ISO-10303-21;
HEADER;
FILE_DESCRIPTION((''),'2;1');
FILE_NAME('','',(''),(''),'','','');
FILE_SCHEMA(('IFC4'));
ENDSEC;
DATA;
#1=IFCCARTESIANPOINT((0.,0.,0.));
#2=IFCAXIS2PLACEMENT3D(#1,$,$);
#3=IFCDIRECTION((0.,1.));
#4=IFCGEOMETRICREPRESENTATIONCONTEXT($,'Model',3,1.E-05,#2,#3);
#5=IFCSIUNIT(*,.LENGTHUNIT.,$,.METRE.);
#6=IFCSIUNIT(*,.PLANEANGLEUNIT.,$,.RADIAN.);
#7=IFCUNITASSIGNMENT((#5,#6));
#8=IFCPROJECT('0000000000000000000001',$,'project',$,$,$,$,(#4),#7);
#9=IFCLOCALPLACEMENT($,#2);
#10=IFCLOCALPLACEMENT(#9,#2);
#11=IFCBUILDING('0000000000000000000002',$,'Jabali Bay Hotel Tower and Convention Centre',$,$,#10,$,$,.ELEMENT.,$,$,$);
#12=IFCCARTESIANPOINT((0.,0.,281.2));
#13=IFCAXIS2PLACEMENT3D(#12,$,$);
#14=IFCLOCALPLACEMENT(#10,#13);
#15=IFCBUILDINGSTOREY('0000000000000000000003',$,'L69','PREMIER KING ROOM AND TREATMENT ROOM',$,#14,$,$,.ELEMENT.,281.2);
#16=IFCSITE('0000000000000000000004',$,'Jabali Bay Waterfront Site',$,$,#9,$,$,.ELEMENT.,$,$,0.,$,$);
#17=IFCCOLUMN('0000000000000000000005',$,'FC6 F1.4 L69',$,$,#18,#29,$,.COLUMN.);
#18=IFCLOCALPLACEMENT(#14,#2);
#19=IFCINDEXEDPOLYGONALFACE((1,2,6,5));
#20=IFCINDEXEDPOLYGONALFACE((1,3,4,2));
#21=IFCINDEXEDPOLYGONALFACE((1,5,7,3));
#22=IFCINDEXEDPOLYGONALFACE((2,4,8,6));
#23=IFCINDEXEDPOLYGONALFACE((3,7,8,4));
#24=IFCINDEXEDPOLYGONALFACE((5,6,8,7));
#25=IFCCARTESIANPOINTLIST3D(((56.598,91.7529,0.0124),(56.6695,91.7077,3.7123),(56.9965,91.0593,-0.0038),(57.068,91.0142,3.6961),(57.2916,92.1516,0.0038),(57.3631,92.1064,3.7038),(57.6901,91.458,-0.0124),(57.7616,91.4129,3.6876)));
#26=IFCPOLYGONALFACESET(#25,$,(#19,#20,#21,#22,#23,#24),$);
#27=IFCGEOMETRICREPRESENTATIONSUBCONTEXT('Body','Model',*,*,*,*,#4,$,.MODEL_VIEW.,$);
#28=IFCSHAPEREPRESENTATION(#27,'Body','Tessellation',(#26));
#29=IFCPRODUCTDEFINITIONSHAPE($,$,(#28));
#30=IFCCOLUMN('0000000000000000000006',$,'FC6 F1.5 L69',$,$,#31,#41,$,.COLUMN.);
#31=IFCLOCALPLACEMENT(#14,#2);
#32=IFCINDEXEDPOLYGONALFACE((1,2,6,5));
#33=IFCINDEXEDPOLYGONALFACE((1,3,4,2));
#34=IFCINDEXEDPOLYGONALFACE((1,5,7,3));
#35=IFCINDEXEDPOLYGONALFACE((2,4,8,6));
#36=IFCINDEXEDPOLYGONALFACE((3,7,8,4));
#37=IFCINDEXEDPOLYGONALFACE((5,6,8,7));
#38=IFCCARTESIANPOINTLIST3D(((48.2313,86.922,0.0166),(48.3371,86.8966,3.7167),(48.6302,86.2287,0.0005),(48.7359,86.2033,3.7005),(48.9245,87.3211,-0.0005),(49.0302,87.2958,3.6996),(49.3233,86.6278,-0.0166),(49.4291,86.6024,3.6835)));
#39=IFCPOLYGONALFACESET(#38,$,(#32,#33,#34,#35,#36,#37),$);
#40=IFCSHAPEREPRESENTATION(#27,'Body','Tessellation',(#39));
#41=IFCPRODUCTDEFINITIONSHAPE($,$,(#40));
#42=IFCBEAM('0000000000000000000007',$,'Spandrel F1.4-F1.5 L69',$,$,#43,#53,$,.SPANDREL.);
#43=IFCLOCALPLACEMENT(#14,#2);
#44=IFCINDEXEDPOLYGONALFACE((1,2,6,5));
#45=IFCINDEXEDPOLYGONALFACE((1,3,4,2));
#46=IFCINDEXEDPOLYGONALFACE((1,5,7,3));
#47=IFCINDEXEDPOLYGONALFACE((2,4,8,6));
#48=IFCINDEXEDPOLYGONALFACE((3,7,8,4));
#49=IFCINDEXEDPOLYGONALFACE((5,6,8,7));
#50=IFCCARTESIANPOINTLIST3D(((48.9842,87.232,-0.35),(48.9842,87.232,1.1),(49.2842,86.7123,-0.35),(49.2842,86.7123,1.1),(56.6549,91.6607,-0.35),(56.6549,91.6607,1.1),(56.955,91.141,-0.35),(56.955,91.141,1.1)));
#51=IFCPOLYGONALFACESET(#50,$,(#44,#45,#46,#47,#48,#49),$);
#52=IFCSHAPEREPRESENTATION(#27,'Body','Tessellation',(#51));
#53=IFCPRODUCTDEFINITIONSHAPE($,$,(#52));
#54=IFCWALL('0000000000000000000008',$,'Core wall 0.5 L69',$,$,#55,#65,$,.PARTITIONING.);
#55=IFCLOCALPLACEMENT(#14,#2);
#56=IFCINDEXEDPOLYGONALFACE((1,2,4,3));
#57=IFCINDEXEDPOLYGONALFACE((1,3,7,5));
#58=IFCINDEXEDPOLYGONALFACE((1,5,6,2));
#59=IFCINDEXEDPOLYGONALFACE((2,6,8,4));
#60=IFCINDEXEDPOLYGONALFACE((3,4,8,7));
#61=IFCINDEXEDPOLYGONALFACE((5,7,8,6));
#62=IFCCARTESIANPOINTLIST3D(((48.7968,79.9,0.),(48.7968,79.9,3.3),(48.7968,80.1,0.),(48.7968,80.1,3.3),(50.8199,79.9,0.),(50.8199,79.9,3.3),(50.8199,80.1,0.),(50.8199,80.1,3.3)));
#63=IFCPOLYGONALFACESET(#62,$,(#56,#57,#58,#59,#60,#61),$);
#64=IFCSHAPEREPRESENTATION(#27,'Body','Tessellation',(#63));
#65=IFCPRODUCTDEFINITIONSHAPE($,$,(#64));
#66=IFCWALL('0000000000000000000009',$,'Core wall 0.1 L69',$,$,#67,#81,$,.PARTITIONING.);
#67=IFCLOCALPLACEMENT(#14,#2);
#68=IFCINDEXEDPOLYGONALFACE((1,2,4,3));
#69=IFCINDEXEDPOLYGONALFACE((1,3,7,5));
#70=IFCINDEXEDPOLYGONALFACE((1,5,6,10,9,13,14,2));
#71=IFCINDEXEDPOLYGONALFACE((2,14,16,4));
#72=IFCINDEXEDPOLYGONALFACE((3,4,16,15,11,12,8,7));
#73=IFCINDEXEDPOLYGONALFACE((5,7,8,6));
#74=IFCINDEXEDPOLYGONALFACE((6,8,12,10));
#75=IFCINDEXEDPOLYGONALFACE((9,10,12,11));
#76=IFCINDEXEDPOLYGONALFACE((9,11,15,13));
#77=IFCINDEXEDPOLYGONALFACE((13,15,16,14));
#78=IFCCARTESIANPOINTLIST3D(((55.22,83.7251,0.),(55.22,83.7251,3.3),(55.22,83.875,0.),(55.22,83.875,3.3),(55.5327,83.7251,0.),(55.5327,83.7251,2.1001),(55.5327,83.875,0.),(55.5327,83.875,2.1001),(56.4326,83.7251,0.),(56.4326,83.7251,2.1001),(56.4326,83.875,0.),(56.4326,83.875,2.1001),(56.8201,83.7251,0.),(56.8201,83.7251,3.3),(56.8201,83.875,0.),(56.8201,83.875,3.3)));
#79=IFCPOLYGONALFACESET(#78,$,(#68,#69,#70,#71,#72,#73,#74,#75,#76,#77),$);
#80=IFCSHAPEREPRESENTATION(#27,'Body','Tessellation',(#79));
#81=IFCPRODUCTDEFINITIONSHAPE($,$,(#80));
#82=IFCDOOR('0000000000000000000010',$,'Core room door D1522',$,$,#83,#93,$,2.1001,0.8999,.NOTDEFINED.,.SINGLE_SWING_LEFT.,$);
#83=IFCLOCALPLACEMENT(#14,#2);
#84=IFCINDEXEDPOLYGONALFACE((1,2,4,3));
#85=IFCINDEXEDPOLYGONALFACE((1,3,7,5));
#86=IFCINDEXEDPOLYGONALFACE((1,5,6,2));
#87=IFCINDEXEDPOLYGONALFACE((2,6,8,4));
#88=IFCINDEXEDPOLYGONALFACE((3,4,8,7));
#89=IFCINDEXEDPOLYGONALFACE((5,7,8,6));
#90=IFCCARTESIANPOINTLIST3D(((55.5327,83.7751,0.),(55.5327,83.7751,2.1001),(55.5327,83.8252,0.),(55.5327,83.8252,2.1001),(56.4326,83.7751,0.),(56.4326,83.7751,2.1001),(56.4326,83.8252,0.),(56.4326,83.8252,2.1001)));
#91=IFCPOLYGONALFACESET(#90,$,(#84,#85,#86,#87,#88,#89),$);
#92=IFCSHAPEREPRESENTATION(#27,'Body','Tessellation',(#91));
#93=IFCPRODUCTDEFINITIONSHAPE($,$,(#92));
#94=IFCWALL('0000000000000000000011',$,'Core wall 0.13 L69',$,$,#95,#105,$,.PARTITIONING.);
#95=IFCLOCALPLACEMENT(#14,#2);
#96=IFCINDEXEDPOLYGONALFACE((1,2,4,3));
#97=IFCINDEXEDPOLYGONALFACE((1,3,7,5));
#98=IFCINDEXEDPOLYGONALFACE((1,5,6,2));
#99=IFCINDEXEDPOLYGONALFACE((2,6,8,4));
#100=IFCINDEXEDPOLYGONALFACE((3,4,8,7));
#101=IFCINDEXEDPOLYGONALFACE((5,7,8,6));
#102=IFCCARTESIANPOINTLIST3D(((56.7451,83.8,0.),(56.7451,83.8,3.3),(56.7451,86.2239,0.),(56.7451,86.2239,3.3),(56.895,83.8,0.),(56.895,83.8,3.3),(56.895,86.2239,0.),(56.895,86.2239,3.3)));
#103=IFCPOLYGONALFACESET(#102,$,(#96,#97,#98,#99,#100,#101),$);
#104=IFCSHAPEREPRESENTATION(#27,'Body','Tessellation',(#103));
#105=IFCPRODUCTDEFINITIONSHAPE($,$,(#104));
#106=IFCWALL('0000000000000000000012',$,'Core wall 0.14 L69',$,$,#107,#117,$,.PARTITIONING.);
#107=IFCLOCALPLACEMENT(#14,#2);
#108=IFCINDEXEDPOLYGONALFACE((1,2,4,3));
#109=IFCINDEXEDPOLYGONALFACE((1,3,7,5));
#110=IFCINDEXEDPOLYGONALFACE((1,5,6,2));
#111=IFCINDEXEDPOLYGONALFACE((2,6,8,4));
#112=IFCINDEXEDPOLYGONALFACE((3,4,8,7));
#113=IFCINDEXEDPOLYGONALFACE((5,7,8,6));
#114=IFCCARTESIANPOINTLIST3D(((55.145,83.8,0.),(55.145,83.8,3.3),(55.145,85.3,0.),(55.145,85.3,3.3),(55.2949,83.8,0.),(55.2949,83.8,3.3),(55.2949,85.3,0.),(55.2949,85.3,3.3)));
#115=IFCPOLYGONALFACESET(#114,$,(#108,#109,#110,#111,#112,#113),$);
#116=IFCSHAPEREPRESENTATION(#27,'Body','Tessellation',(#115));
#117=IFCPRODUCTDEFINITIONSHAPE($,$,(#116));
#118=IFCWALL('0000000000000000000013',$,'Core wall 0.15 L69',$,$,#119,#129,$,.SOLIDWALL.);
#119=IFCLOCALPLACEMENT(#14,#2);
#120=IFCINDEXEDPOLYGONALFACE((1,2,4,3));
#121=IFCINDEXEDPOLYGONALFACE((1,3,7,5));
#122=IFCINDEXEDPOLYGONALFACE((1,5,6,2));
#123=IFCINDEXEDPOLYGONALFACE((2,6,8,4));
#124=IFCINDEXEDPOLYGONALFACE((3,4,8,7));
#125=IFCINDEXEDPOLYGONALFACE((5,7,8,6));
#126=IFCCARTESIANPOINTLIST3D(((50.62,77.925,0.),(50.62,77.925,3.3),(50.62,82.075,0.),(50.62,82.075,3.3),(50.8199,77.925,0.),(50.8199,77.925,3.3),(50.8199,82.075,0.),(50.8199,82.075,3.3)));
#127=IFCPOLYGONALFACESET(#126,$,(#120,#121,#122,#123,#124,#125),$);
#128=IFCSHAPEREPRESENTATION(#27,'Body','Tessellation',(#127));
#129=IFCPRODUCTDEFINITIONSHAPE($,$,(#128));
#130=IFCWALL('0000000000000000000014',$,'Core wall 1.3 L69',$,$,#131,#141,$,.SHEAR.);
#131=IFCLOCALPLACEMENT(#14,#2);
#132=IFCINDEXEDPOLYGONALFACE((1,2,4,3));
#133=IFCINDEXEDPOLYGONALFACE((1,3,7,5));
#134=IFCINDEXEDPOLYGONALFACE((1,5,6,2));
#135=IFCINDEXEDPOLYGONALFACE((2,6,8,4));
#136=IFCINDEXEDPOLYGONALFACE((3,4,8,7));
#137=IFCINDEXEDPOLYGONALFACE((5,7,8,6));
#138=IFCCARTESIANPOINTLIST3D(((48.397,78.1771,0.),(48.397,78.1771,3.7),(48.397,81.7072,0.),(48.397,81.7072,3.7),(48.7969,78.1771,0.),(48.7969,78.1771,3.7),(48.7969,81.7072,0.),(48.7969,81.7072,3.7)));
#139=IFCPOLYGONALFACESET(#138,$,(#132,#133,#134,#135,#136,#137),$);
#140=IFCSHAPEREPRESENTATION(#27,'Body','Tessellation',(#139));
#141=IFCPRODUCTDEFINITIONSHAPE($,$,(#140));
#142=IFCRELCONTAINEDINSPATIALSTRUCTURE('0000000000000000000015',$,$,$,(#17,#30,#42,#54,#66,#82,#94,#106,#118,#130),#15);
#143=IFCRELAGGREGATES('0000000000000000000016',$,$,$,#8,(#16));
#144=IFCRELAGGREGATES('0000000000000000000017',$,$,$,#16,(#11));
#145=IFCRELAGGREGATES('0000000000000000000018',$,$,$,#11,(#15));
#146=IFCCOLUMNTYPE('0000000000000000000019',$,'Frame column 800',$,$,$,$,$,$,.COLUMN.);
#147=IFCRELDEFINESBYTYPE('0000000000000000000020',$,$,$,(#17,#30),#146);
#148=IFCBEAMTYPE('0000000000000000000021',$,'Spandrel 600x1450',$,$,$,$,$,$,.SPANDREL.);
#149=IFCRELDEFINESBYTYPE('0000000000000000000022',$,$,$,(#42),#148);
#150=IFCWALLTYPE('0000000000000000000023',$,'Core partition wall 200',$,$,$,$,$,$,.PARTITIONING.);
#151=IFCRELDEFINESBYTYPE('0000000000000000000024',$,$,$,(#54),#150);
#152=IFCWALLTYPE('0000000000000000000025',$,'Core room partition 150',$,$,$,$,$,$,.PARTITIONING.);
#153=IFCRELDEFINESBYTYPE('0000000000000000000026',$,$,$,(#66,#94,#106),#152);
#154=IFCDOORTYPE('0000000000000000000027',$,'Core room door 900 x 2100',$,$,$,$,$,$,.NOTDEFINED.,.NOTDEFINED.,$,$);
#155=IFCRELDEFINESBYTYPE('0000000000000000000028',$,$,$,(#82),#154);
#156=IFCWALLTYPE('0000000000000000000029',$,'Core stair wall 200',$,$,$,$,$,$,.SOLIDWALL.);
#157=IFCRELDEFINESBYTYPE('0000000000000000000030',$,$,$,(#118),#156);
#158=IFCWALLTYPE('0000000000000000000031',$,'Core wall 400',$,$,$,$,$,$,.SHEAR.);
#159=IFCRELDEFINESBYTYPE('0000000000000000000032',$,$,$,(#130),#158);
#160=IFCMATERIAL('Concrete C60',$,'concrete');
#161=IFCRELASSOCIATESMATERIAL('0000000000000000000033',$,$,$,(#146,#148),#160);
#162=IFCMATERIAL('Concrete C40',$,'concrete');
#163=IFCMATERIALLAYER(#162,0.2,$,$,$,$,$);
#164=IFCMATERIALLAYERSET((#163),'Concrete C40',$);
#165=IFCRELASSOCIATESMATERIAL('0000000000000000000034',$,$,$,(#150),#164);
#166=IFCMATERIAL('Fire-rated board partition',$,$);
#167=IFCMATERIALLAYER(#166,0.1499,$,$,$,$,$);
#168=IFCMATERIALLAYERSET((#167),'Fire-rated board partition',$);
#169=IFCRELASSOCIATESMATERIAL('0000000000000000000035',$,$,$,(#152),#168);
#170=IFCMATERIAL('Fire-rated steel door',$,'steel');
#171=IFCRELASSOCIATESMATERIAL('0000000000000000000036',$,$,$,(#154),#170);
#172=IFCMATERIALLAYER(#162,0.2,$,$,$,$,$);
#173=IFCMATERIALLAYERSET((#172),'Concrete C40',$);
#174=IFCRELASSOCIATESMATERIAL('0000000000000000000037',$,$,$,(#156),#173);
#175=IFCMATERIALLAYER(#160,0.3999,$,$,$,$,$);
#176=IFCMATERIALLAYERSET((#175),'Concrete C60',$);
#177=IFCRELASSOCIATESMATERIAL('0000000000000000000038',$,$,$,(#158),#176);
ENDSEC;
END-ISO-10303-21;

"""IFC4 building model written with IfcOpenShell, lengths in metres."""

from ifc_helpers import new_model, si_unit, direction, frame, frame_2d, origin, origin_2d, place, context, subcontext, project, spatial, rectangle, extrude, material, layer, layer_set, material_profile, profile_set, type_object, element, fill, save


model = new_model("IFC4")

# Units and contexts
model_context = context("Model", 3, precision=1e-05, world=origin(), true_north=direction((0.0, 1.0)))
body_context = subcontext(model_context, "Body", "Model", "MODEL_VIEW")
ifc_project = project(units=[si_unit("LENGTHUNIT", "METRE"), si_unit("PLANEANGLEUNIT", "RADIAN")], contexts=[model_context])

# Site, building, storey
site_placement = place(None, origin())
site = spatial("IfcSite", under=ifc_project, at=site_placement, Name="Jabali Bay Waterfront Site", CompositionType="ELEMENT", RefElevation=0.0)
building_placement = place(site_placement, origin())
building = spatial("IfcBuilding", under=site, at=building_placement, Name="Jabali Bay Hotel Tower and Convention Centre", CompositionType="ELEMENT")
storey_placement = place(building_placement, frame((0.0, 0.0, 281.2)))
storey = spatial("IfcBuildingStorey", under=building, at=storey_placement, Name="L69", Description="PREMIER KING ROOM AND TREATMENT ROOM", CompositionType="ELEMENT", Elevation=281.2)

# Columns
ifc_material_1 = material(Name="Concrete C60", Category="concrete")
ifc_material_profile_1 = material_profile(ifc_material_1, rectangle(XDim=0.8, YDim=0.8, at=origin_2d()), Name="Frame column 800")
ifc_profile_set_1 = profile_set([ifc_material_profile_1], Name="Concrete C60")
column_type = type_object("IfcColumnType", Name="Frame column 800", PredefinedType="COLUMN", material=ifc_profile_set_1)
column_1_placement = place(storey_placement, frame((57.144, 91.6055, 0.0), z_axis=(0.019329, -0.012204, 0.999739), x_axis=(-0.498082, 0.866894, 0.020212)))
element("IfcColumn", 1, at=column_1_placement, inside=storey, type_object=column_type, Name="FC6 F1.4 L69", PredefinedType="COLUMN", context=body_context, shape_type="SweptSolid", body=[
    extrude(rectangle(XDim=0.8, YDim=0.8, at=origin_2d()), origin(), (0.0, 0.0, 1.0), 3.7009),
])
column_2_placement = place(storey_placement, frame((48.7773, 86.7749, 0.0), z_axis=(0.028559, -0.006859, 0.999569), x_axis=(-0.498506, 0.866651, 0.02019)))
element("IfcColumn", 2, at=column_2_placement, inside=storey, type_object=column_type, Name="FC6 F1.5 L69", PredefinedType="COLUMN", context=body_context, shape_type="SweptSolid", body=[
    extrude(rectangle(XDim=0.8, YDim=0.8, at=origin_2d()), origin(), (0.0, 0.0, 1.0), 3.7017),
])

# Beam
ifc_material_profile_2 = material_profile(ifc_material_1, rectangle(XDim=0.6001, YDim=1.45, at=origin_2d()), Name="Spandrel 600x1450")
ifc_profile_set_2 = profile_set([ifc_material_profile_2], Name="Concrete C60")
beam_type = type_object("IfcBeamType", Name="Spandrel 600x1450", PredefinedType="SPANDREL", material=ifc_profile_set_2)
beam_placement = place(storey_placement, frame((56.8049, 91.4009, 0.375), z_axis=(-0.866023, -0.500005, 0.0), x_axis=(0.500005, -0.866023, 0.0)))
element("IfcBeam", 3, at=beam_placement, inside=storey, type_object=beam_type, Name="Spandrel F1.4-F1.5 L69", PredefinedType="SPANDREL", context=body_context, shape_type="SweptSolid", body=[
    extrude(rectangle(XDim=0.6001, YDim=1.45, at=origin_2d()), origin(), (0.0, 0.0, 1.0), 8.8574),
])

# Wall
ifc_material_2 = material(Name="Concrete C40", Category="concrete")
ifc_layer_1 = layer(ifc_material_2, 0.2)
ifc_layer_set_1 = layer_set([ifc_layer_1], Name="Concrete C40")
wall_type_1 = type_object("IfcWallType", Name="Core partition wall 200", PredefinedType="PARTITIONING", material=ifc_layer_set_1)
wall_1_placement = place(storey_placement, frame((50.8201, 80.0, 0.0), z_axis=(0.0, 0.0, 1.0), x_axis=(-1.0, 0.0, 0.0)))
element("IfcWall", 4, at=wall_1_placement, inside=storey, type_object=wall_type_1, Name="Core wall 0.5 L69", PredefinedType="PARTITIONING", context=body_context, shape_type="SweptSolid", body=[
    extrude(rectangle(XDim=2.0232, YDim=0.2, at=frame_2d((1.0117, 0.0))), origin(), (0.0, 0.0, 1.0), 3.3),
])

# Wall, opening, door
ifc_material_3 = material(Name="Fire-rated board partition")
ifc_layer_2 = layer(ifc_material_3, 0.1499)
ifc_layer_set_2 = layer_set([ifc_layer_2], Name="Fire-rated board partition")
wall_type_2 = type_object("IfcWallType", Name="Core room partition 150", PredefinedType="PARTITIONING", material=ifc_layer_set_2)
wall_2_placement = place(storey_placement, frame((56.8201, 83.8, 0.0), z_axis=(0.0, 0.0, 1.0), x_axis=(-1.0, 0.0, 0.0)))
wall_2 = element("IfcWall", 5, at=wall_2_placement, inside=storey, type_object=wall_type_2, Name="Core wall 0.1 L69", PredefinedType="PARTITIONING", context=body_context, shape_type="SweptSolid", body=[
    extrude(rectangle(XDim=1.6001, YDim=0.1499, at=frame_2d((0.8, 0.0))), origin(), (0.0, 0.0, 1.0), 3.3),
])
opening_placement = place(wall_2_placement, frame((0.3875, 0.0, 0.0)))
opening = element("IfcOpeningElement", 6, at=opening_placement, cuts=wall_2, PredefinedType="OPENING", context=body_context, shape_type="SweptSolid", body=[
    extrude(rectangle(XDim=0.8999, YDim=2.1001, at=frame_2d((0.45, 1.05))), frame((0.0, 0.0854, 0.0), z_axis=(0.0, -1.0, 0.0), x_axis=(1.0, 0.0, 0.0)), (0.0, 0.0, 1.0), 0.1709),
])
ifc_material_4 = material(Name="Fire-rated steel door", Category="steel")
door_type = type_object("IfcDoorType", Name="Core room door 900 x 2100", OperationType="NOTDEFINED", PredefinedType="NOTDEFINED", material=ifc_material_4)
door_placement = place(opening_placement, origin())
door = element("IfcDoor", 7, at=door_placement, inside=storey, type_object=door_type, Name="Core room door D1522", OperationType="SINGLE_SWING_LEFT", OverallHeight=2.1001, OverallWidth=0.8999, PredefinedType="NOTDEFINED", context=body_context, shape_type="SweptSolid", body=[
    extrude(rectangle(XDim=0.8999, YDim=2.1001, at=frame_2d((0.45, 1.05))), frame((0.0, 0.0249, 0.0), z_axis=(0.0, -1.0, 0.0), x_axis=(1.0, 0.0, 0.0)), (0.0, 0.0, 1.0), 0.05),
])
fill(opening, door)

# Walls
wall_3_placement = place(storey_placement, frame((56.8201, 86.2239, 0.0), z_axis=(0.0, 0.0, 1.0), x_axis=(0.0, -1.0, 0.0)))
element("IfcWall", 8, at=wall_3_placement, inside=storey, type_object=wall_type_2, Name="Core wall 0.13 L69", PredefinedType="PARTITIONING", context=body_context, shape_type="SweptSolid", body=[
    extrude(rectangle(XDim=2.4238, YDim=0.1499, at=frame_2d((1.2119, 0.0))), origin(), (0.0, 0.0, 1.0), 3.3),
])
wall_4_placement = place(storey_placement, frame((55.22, 85.3, 0.0), z_axis=(0.0, 0.0, 1.0), x_axis=(0.0, -1.0, 0.0)))
element("IfcWall", 9, at=wall_4_placement, inside=storey, type_object=wall_type_2, Name="Core wall 0.14 L69", PredefinedType="PARTITIONING", context=body_context, shape_type="SweptSolid", body=[
    extrude(rectangle(XDim=1.5, YDim=0.1499, at=frame_2d((0.75, 0.0))), origin(), (0.0, 0.0, 1.0), 3.3),
])
ifc_layer_3 = layer(ifc_material_2, 0.2)
ifc_layer_set_3 = layer_set([ifc_layer_3], Name="Concrete C40")
wall_type_3 = type_object("IfcWallType", Name="Core stair wall 200", PredefinedType="SOLIDWALL", material=ifc_layer_set_3)
wall_5_placement = place(storey_placement, frame((50.72, 82.075, 0.0), z_axis=(0.0, 0.0, 1.0), x_axis=(0.0, -1.0, 0.0)))
element("IfcWall", 10, at=wall_5_placement, inside=storey, type_object=wall_type_3, Name="Core wall 0.15 L69", PredefinedType="SOLIDWALL", context=body_context, shape_type="SweptSolid", body=[
    extrude(rectangle(XDim=4.1499, YDim=0.2, at=frame_2d((2.075, 0.0))), origin(), (0.0, 0.0, 1.0), 3.3),
])
ifc_layer_4 = layer(ifc_material_1, 0.3999)
ifc_layer_set_4 = layer_set([ifc_layer_4], Name="Concrete C60")
wall_type_4 = type_object("IfcWallType", Name="Core wall 400", PredefinedType="SHEAR", material=ifc_layer_set_4)
wall_6_placement = place(storey_placement, frame((48.5969, 81.7073, 0.0), z_axis=(0.0, 0.0, 1.0), x_axis=(0.0, -1.0, 0.0)))
element("IfcWall", 11, at=wall_6_placement, inside=storey, type_object=wall_type_4, Name="Core wall 1.3 L69", PredefinedType="SHEAR", context=body_context, shape_type="SweptSolid", body=[
    extrude(rectangle(XDim=3.53, YDim=0.3999, at=frame_2d((1.7651, 0.0))), origin(), (0.0, 0.0, 1.0), 3.7),
])

save(model, "model.ifc")
